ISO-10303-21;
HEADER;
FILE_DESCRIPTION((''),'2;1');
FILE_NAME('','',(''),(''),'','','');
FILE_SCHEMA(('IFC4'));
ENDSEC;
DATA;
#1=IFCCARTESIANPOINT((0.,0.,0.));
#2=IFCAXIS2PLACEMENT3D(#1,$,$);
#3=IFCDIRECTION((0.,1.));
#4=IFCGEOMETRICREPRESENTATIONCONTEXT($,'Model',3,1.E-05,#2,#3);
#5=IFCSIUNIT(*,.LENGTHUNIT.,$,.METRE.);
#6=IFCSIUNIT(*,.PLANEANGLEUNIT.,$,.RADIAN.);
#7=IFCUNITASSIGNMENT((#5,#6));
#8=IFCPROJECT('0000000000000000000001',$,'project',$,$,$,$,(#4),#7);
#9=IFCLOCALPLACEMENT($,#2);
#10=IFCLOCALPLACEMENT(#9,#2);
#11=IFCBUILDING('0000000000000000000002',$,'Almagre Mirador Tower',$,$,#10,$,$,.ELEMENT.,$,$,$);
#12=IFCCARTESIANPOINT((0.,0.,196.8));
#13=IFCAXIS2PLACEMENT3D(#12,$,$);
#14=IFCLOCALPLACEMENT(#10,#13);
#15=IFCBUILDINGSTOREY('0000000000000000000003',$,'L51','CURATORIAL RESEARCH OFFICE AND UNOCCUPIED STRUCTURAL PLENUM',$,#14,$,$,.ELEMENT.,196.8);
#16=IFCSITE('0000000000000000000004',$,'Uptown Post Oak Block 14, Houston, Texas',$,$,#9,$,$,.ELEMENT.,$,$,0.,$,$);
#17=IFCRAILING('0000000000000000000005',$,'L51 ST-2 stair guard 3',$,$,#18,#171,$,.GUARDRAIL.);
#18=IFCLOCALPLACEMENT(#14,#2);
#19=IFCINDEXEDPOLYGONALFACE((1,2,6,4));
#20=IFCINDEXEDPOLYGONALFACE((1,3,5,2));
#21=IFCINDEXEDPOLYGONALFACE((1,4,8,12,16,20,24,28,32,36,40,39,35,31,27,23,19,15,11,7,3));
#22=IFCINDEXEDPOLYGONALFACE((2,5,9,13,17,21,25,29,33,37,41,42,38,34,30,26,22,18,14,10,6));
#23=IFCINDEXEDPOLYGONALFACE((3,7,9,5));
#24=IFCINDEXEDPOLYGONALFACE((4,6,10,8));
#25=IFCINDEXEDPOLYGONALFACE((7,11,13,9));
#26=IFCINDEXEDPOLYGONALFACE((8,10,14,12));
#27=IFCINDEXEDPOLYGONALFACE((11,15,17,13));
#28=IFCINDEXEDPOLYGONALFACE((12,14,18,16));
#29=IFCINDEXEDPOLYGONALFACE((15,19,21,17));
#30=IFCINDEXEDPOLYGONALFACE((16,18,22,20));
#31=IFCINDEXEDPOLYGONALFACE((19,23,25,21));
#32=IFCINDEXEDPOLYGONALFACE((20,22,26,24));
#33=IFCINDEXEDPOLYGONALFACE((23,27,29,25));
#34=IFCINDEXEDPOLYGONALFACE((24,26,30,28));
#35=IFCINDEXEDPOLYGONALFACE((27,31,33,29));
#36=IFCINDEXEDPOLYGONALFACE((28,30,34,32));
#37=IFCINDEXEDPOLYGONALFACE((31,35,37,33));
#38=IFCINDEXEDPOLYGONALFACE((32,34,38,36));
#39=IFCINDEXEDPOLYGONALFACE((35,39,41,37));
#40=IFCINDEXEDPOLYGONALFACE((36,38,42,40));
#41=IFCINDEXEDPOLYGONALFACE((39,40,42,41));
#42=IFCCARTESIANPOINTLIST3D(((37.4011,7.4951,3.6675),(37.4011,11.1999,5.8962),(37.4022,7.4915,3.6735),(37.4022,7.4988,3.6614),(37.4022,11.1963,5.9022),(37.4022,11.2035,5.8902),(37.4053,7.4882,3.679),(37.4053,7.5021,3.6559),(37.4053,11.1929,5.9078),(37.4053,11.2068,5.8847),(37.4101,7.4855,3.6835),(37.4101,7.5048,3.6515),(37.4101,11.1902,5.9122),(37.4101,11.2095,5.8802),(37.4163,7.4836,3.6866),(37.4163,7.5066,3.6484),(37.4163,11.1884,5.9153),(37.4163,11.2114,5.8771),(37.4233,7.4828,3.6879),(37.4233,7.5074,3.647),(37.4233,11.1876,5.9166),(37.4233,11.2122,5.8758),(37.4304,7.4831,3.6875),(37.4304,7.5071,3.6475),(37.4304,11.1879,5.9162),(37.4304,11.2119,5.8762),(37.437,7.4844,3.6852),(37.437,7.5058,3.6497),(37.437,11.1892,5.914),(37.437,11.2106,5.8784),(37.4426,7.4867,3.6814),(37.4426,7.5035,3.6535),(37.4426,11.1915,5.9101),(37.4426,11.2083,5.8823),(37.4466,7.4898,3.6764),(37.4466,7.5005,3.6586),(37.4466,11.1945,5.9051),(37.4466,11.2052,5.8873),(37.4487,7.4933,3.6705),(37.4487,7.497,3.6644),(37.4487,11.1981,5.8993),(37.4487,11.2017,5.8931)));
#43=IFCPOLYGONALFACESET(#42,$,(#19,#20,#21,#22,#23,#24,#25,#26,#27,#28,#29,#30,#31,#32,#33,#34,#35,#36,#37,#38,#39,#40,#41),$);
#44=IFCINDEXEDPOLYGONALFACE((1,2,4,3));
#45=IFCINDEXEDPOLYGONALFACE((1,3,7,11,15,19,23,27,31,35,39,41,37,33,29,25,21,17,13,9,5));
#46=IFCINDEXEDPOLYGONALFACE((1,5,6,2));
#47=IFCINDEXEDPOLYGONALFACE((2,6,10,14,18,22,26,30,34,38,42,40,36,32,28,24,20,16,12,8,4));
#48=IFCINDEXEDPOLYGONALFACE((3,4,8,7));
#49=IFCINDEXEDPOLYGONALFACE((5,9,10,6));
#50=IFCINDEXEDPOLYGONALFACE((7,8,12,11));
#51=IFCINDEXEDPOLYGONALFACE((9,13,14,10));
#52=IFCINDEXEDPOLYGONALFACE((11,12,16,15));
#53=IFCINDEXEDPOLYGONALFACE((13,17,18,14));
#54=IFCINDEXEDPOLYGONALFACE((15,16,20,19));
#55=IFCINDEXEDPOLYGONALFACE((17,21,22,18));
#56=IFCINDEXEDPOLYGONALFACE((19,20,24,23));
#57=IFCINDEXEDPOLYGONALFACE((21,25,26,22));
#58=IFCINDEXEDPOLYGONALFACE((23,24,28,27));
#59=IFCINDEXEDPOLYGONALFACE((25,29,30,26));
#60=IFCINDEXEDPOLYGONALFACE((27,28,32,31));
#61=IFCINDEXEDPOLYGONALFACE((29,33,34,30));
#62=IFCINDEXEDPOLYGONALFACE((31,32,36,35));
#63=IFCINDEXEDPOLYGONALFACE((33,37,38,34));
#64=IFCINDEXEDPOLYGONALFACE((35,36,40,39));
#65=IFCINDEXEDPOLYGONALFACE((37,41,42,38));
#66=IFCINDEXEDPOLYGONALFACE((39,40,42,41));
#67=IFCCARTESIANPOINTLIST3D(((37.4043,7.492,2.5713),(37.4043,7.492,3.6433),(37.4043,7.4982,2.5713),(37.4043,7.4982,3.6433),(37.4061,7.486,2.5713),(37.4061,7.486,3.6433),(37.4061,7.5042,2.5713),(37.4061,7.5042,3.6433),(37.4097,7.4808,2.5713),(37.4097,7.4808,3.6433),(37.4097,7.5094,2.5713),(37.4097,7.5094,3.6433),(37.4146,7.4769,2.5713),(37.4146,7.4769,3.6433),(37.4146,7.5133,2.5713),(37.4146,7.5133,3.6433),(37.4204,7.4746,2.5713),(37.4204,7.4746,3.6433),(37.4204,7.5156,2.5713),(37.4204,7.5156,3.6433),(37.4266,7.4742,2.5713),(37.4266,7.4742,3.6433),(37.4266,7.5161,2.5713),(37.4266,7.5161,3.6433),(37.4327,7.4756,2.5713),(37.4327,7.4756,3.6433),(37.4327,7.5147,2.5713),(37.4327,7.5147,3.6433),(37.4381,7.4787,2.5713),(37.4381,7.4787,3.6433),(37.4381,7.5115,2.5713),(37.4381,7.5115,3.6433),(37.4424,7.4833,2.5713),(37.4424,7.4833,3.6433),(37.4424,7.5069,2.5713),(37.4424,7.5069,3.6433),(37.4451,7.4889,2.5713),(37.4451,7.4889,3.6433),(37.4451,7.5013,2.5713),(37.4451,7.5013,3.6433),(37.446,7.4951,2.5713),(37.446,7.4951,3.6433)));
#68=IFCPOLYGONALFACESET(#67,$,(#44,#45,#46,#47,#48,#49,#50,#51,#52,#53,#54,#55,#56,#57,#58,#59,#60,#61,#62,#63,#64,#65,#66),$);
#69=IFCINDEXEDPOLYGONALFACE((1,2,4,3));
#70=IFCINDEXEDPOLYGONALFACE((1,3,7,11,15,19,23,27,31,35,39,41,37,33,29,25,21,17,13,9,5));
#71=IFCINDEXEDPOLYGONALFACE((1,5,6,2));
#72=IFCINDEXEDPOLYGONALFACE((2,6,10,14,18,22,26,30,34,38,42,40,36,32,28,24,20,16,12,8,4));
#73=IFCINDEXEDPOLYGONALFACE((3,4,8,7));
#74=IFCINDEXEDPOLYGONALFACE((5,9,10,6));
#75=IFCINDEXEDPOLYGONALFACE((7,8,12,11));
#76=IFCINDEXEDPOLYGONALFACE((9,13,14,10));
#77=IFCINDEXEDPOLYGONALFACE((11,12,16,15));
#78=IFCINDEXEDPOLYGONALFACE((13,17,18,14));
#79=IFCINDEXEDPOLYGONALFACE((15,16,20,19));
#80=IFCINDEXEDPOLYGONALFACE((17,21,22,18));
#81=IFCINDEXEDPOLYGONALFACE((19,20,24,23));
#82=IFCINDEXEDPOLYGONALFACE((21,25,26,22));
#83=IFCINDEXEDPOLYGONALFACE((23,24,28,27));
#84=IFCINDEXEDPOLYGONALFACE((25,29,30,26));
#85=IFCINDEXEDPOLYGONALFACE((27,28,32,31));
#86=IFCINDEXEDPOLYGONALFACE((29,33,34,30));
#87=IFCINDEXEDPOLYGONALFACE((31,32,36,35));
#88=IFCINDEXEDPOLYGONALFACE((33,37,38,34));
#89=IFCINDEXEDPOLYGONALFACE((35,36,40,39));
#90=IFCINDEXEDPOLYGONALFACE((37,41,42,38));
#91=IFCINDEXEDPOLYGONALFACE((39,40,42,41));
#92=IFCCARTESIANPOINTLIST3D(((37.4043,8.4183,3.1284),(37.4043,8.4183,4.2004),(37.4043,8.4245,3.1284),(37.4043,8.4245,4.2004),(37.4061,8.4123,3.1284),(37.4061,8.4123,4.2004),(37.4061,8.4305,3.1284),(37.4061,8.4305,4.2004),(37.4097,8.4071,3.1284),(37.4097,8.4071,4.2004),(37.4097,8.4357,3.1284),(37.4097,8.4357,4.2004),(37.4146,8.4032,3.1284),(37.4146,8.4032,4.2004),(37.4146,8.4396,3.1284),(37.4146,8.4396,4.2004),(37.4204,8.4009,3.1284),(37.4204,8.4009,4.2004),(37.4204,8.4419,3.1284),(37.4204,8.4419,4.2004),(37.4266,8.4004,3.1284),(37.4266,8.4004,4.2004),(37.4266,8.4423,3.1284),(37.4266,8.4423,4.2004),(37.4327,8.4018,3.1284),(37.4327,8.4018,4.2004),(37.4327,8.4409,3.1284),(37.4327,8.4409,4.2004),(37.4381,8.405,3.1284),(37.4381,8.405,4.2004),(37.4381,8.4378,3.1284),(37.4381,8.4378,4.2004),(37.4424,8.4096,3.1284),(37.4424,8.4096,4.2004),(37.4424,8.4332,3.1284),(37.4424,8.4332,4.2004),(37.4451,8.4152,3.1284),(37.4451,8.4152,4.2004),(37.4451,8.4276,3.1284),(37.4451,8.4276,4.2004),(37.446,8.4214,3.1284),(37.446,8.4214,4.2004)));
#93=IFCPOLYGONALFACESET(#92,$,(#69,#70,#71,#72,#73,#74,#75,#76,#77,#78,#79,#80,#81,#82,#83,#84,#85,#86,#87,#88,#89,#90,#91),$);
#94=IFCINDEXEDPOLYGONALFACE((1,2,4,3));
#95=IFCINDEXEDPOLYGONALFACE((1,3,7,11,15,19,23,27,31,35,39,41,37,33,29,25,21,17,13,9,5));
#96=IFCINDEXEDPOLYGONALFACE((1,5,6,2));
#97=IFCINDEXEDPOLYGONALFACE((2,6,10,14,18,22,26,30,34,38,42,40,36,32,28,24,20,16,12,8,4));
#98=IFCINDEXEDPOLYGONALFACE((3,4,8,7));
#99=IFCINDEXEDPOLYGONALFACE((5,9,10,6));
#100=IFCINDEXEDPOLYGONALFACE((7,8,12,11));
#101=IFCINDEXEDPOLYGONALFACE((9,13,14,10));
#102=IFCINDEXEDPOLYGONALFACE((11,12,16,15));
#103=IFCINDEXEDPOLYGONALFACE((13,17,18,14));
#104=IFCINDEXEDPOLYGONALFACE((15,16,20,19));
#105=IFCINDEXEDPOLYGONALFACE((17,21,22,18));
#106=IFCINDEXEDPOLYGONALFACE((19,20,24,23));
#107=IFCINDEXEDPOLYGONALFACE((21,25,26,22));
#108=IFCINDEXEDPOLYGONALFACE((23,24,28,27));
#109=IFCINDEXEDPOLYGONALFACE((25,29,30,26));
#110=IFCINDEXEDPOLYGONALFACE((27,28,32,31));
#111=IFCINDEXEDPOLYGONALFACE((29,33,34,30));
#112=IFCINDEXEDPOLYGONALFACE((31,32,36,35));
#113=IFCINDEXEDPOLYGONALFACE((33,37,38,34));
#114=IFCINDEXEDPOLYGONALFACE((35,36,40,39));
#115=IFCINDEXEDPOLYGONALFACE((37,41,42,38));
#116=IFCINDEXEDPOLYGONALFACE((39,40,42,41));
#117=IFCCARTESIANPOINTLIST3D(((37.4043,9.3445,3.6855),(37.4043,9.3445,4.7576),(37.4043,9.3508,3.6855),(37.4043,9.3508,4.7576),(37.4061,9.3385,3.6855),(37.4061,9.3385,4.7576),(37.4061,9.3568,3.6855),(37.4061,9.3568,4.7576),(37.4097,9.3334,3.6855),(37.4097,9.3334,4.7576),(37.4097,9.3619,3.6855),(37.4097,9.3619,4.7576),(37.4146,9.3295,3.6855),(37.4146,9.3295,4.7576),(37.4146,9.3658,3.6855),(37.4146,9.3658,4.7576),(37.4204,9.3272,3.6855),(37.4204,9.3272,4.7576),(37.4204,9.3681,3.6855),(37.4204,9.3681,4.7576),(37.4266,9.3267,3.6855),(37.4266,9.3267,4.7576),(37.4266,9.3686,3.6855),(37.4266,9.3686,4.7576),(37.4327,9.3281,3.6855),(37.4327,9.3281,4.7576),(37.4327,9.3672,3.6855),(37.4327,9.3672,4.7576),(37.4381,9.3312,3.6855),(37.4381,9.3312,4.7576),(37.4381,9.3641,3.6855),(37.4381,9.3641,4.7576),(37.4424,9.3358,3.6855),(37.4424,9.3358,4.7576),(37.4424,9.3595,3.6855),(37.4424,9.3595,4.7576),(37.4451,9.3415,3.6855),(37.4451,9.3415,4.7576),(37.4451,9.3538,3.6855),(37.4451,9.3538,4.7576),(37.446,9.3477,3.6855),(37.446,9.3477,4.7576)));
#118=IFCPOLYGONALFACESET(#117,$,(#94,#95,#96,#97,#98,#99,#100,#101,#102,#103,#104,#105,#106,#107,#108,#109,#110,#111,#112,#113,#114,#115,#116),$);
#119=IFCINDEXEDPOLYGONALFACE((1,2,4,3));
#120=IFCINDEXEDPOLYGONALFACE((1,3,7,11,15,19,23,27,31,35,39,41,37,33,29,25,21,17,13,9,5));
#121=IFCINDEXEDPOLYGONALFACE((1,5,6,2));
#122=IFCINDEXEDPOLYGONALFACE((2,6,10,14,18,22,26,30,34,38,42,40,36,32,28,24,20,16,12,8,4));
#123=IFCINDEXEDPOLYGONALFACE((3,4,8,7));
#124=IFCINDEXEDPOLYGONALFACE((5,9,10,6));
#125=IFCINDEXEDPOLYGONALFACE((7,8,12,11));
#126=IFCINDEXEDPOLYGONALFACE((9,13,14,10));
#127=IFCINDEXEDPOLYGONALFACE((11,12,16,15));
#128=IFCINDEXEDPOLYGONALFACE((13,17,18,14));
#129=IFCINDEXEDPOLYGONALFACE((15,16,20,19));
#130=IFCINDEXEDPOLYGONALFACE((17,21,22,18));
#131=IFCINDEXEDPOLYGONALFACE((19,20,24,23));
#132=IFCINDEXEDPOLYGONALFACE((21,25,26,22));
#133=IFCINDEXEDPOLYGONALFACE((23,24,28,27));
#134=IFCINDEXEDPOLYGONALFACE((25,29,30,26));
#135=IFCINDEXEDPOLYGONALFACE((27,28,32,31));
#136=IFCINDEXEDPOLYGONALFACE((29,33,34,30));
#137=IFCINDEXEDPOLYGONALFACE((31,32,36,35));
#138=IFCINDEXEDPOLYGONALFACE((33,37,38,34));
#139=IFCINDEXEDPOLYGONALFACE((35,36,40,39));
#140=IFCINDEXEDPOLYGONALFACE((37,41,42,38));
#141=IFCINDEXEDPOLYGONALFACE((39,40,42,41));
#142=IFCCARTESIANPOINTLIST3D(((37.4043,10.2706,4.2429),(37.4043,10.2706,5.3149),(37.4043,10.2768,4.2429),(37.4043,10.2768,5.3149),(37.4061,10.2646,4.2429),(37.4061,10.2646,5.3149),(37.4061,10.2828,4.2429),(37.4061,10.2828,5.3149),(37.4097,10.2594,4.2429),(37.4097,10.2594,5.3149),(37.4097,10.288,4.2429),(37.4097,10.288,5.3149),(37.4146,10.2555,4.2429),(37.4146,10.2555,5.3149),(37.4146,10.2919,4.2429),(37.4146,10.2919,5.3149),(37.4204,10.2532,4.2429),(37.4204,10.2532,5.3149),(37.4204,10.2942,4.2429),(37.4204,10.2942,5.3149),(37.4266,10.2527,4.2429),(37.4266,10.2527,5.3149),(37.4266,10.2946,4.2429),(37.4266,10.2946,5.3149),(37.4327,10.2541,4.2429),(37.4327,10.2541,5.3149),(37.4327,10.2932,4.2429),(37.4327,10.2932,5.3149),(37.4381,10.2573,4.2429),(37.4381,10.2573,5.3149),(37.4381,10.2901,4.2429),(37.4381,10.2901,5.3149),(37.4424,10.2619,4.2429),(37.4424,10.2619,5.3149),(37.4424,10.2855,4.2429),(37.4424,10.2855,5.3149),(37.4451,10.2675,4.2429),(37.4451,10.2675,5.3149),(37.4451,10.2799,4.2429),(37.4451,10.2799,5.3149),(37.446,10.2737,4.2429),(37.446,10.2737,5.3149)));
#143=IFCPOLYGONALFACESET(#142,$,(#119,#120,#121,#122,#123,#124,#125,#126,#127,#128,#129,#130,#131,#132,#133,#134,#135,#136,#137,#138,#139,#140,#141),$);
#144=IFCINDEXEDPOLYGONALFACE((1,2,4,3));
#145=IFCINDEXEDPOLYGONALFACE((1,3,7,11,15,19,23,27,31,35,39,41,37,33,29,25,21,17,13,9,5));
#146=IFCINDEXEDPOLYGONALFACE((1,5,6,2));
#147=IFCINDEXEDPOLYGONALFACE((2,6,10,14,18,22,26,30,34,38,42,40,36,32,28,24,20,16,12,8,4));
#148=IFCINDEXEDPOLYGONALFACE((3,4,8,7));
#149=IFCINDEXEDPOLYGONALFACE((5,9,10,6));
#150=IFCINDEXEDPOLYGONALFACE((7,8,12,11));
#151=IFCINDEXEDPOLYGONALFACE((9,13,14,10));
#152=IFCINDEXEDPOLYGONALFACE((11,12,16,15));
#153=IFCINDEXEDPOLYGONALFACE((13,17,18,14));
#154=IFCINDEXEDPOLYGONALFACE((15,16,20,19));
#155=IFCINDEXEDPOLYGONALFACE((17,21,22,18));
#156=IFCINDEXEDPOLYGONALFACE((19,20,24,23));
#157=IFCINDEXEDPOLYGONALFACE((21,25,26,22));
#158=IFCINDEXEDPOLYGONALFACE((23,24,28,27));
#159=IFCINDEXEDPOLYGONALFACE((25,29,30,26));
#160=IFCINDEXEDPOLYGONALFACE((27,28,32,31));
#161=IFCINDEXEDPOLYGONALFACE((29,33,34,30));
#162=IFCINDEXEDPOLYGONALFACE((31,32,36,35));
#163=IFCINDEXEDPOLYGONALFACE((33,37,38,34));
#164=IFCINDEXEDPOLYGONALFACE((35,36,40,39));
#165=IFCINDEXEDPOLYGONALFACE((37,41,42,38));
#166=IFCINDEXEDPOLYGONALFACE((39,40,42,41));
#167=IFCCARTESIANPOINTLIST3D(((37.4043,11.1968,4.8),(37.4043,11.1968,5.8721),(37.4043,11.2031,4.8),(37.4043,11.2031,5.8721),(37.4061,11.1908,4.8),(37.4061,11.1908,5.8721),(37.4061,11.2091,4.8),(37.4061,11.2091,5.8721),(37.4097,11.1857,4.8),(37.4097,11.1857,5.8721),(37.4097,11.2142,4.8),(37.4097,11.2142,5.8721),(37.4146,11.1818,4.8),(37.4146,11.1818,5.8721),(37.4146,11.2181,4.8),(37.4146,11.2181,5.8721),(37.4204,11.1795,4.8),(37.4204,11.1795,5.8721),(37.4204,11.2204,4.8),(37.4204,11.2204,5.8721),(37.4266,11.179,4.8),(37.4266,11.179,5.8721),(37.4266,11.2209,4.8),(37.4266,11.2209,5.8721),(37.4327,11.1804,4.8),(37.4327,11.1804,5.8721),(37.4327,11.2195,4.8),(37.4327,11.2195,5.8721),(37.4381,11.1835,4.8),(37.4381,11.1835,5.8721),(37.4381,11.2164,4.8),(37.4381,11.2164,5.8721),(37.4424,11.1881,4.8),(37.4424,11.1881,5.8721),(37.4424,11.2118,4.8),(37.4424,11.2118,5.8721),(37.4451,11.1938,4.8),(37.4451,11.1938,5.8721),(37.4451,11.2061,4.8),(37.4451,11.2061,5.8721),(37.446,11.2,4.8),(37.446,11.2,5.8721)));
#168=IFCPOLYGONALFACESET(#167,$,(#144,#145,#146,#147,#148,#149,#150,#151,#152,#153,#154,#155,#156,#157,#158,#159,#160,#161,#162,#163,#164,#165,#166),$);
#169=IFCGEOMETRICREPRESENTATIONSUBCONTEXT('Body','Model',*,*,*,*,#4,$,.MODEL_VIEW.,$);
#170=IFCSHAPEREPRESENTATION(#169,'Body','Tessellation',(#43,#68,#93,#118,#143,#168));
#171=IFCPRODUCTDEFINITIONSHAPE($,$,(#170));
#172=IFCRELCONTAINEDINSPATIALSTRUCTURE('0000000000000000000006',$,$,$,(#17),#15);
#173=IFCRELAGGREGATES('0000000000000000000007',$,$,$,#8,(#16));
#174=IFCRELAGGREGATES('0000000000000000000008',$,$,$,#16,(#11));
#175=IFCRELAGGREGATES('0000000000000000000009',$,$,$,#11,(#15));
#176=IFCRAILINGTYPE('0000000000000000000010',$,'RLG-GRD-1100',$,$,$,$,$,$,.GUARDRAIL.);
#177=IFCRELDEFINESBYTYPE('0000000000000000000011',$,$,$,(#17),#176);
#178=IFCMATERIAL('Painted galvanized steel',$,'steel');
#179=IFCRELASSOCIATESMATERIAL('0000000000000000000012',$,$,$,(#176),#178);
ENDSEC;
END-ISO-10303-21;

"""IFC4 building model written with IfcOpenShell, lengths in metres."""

from ifc_helpers import new_model, si_unit, direction, frame, origin, origin_2d, place, context, subcontext, project, spatial, circle, extrude, material, type_object, element, save


model = new_model("IFC4")

# Units and contexts
model_context = context("Model", 3, precision=1e-05, world=origin(), true_north=direction((0.0, 1.0)))
body_context = subcontext(model_context, "Body", "Model", "MODEL_VIEW")
ifc_project = project(units=[si_unit("LENGTHUNIT", "METRE"), si_unit("PLANEANGLEUNIT", "RADIAN")], contexts=[model_context])

# Site, building, storey
site_placement = place(None, origin())
site = spatial("IfcSite", under=ifc_project, at=site_placement, Name="Uptown Post Oak Block 14, Houston, Texas", CompositionType="ELEMENT", RefElevation=0.0)
building_placement = place(site_placement, origin())
building = spatial("IfcBuilding", under=site, at=building_placement, Name="Almagre Mirador Tower", CompositionType="ELEMENT")
storey_placement = place(building_placement, frame((0.0, 0.0, 196.8)))
storey = spatial("IfcBuildingStorey", under=building, at=storey_placement, Name="L51", Description="CURATORIAL RESEARCH OFFICE AND UNOCCUPIED STRUCTURAL PLENUM", CompositionType="ELEMENT", Elevation=196.8)

# Railing
ifc_material_1 = material(Name="Painted galvanized steel", Category="steel")
railing_type_1 = type_object("IfcRailingType", Name="RLG-GRD-1100", PredefinedType="GUARDRAIL", material=ifc_material_1)
railing_1_placement = place(storey_placement, frame((37.425, 7.4951, 2.5713)))
element("IfcRailing", 1, at=railing_1_placement, inside=storey, type_object=railing_type_1, Name="L51 ST-2 stair guard 3", PredefinedType="GUARDRAIL", context=body_context, shape_type="SweptSolid", body=[
    extrude(circle(Radius=0.0239, at=origin_2d()), frame((0.0, 0.0, 1.0962), z_axis=(0.0, 0.856894, 0.515492), x_axis=(-1.0, 0.0, 0.0)), (0.0, 0.0, 1.0), 4.3235),
    extrude(circle(Radius=0.021, at=origin_2d()), origin(), (0.0, 0.0, 1.0), 1.072),
    extrude(circle(Radius=0.021, at=origin_2d()), frame((0.0, 0.9263, 0.5571)), (0.0, 0.0, 1.0), 1.072),
    extrude(circle(Radius=0.021, at=origin_2d()), frame((0.0, 1.8525, 1.1143)), (0.0, 0.0, 1.0), 1.072),
    extrude(circle(Radius=0.021, at=origin_2d()), frame((0.0, 2.7786, 1.6716)), (0.0, 0.0, 1.0), 1.072),
    extrude(circle(Radius=0.021, at=origin_2d()), frame((0.0, 3.7048, 2.2288)), (0.0, 0.0, 1.0), 1.072),
])

save(model, "model.ifc")
